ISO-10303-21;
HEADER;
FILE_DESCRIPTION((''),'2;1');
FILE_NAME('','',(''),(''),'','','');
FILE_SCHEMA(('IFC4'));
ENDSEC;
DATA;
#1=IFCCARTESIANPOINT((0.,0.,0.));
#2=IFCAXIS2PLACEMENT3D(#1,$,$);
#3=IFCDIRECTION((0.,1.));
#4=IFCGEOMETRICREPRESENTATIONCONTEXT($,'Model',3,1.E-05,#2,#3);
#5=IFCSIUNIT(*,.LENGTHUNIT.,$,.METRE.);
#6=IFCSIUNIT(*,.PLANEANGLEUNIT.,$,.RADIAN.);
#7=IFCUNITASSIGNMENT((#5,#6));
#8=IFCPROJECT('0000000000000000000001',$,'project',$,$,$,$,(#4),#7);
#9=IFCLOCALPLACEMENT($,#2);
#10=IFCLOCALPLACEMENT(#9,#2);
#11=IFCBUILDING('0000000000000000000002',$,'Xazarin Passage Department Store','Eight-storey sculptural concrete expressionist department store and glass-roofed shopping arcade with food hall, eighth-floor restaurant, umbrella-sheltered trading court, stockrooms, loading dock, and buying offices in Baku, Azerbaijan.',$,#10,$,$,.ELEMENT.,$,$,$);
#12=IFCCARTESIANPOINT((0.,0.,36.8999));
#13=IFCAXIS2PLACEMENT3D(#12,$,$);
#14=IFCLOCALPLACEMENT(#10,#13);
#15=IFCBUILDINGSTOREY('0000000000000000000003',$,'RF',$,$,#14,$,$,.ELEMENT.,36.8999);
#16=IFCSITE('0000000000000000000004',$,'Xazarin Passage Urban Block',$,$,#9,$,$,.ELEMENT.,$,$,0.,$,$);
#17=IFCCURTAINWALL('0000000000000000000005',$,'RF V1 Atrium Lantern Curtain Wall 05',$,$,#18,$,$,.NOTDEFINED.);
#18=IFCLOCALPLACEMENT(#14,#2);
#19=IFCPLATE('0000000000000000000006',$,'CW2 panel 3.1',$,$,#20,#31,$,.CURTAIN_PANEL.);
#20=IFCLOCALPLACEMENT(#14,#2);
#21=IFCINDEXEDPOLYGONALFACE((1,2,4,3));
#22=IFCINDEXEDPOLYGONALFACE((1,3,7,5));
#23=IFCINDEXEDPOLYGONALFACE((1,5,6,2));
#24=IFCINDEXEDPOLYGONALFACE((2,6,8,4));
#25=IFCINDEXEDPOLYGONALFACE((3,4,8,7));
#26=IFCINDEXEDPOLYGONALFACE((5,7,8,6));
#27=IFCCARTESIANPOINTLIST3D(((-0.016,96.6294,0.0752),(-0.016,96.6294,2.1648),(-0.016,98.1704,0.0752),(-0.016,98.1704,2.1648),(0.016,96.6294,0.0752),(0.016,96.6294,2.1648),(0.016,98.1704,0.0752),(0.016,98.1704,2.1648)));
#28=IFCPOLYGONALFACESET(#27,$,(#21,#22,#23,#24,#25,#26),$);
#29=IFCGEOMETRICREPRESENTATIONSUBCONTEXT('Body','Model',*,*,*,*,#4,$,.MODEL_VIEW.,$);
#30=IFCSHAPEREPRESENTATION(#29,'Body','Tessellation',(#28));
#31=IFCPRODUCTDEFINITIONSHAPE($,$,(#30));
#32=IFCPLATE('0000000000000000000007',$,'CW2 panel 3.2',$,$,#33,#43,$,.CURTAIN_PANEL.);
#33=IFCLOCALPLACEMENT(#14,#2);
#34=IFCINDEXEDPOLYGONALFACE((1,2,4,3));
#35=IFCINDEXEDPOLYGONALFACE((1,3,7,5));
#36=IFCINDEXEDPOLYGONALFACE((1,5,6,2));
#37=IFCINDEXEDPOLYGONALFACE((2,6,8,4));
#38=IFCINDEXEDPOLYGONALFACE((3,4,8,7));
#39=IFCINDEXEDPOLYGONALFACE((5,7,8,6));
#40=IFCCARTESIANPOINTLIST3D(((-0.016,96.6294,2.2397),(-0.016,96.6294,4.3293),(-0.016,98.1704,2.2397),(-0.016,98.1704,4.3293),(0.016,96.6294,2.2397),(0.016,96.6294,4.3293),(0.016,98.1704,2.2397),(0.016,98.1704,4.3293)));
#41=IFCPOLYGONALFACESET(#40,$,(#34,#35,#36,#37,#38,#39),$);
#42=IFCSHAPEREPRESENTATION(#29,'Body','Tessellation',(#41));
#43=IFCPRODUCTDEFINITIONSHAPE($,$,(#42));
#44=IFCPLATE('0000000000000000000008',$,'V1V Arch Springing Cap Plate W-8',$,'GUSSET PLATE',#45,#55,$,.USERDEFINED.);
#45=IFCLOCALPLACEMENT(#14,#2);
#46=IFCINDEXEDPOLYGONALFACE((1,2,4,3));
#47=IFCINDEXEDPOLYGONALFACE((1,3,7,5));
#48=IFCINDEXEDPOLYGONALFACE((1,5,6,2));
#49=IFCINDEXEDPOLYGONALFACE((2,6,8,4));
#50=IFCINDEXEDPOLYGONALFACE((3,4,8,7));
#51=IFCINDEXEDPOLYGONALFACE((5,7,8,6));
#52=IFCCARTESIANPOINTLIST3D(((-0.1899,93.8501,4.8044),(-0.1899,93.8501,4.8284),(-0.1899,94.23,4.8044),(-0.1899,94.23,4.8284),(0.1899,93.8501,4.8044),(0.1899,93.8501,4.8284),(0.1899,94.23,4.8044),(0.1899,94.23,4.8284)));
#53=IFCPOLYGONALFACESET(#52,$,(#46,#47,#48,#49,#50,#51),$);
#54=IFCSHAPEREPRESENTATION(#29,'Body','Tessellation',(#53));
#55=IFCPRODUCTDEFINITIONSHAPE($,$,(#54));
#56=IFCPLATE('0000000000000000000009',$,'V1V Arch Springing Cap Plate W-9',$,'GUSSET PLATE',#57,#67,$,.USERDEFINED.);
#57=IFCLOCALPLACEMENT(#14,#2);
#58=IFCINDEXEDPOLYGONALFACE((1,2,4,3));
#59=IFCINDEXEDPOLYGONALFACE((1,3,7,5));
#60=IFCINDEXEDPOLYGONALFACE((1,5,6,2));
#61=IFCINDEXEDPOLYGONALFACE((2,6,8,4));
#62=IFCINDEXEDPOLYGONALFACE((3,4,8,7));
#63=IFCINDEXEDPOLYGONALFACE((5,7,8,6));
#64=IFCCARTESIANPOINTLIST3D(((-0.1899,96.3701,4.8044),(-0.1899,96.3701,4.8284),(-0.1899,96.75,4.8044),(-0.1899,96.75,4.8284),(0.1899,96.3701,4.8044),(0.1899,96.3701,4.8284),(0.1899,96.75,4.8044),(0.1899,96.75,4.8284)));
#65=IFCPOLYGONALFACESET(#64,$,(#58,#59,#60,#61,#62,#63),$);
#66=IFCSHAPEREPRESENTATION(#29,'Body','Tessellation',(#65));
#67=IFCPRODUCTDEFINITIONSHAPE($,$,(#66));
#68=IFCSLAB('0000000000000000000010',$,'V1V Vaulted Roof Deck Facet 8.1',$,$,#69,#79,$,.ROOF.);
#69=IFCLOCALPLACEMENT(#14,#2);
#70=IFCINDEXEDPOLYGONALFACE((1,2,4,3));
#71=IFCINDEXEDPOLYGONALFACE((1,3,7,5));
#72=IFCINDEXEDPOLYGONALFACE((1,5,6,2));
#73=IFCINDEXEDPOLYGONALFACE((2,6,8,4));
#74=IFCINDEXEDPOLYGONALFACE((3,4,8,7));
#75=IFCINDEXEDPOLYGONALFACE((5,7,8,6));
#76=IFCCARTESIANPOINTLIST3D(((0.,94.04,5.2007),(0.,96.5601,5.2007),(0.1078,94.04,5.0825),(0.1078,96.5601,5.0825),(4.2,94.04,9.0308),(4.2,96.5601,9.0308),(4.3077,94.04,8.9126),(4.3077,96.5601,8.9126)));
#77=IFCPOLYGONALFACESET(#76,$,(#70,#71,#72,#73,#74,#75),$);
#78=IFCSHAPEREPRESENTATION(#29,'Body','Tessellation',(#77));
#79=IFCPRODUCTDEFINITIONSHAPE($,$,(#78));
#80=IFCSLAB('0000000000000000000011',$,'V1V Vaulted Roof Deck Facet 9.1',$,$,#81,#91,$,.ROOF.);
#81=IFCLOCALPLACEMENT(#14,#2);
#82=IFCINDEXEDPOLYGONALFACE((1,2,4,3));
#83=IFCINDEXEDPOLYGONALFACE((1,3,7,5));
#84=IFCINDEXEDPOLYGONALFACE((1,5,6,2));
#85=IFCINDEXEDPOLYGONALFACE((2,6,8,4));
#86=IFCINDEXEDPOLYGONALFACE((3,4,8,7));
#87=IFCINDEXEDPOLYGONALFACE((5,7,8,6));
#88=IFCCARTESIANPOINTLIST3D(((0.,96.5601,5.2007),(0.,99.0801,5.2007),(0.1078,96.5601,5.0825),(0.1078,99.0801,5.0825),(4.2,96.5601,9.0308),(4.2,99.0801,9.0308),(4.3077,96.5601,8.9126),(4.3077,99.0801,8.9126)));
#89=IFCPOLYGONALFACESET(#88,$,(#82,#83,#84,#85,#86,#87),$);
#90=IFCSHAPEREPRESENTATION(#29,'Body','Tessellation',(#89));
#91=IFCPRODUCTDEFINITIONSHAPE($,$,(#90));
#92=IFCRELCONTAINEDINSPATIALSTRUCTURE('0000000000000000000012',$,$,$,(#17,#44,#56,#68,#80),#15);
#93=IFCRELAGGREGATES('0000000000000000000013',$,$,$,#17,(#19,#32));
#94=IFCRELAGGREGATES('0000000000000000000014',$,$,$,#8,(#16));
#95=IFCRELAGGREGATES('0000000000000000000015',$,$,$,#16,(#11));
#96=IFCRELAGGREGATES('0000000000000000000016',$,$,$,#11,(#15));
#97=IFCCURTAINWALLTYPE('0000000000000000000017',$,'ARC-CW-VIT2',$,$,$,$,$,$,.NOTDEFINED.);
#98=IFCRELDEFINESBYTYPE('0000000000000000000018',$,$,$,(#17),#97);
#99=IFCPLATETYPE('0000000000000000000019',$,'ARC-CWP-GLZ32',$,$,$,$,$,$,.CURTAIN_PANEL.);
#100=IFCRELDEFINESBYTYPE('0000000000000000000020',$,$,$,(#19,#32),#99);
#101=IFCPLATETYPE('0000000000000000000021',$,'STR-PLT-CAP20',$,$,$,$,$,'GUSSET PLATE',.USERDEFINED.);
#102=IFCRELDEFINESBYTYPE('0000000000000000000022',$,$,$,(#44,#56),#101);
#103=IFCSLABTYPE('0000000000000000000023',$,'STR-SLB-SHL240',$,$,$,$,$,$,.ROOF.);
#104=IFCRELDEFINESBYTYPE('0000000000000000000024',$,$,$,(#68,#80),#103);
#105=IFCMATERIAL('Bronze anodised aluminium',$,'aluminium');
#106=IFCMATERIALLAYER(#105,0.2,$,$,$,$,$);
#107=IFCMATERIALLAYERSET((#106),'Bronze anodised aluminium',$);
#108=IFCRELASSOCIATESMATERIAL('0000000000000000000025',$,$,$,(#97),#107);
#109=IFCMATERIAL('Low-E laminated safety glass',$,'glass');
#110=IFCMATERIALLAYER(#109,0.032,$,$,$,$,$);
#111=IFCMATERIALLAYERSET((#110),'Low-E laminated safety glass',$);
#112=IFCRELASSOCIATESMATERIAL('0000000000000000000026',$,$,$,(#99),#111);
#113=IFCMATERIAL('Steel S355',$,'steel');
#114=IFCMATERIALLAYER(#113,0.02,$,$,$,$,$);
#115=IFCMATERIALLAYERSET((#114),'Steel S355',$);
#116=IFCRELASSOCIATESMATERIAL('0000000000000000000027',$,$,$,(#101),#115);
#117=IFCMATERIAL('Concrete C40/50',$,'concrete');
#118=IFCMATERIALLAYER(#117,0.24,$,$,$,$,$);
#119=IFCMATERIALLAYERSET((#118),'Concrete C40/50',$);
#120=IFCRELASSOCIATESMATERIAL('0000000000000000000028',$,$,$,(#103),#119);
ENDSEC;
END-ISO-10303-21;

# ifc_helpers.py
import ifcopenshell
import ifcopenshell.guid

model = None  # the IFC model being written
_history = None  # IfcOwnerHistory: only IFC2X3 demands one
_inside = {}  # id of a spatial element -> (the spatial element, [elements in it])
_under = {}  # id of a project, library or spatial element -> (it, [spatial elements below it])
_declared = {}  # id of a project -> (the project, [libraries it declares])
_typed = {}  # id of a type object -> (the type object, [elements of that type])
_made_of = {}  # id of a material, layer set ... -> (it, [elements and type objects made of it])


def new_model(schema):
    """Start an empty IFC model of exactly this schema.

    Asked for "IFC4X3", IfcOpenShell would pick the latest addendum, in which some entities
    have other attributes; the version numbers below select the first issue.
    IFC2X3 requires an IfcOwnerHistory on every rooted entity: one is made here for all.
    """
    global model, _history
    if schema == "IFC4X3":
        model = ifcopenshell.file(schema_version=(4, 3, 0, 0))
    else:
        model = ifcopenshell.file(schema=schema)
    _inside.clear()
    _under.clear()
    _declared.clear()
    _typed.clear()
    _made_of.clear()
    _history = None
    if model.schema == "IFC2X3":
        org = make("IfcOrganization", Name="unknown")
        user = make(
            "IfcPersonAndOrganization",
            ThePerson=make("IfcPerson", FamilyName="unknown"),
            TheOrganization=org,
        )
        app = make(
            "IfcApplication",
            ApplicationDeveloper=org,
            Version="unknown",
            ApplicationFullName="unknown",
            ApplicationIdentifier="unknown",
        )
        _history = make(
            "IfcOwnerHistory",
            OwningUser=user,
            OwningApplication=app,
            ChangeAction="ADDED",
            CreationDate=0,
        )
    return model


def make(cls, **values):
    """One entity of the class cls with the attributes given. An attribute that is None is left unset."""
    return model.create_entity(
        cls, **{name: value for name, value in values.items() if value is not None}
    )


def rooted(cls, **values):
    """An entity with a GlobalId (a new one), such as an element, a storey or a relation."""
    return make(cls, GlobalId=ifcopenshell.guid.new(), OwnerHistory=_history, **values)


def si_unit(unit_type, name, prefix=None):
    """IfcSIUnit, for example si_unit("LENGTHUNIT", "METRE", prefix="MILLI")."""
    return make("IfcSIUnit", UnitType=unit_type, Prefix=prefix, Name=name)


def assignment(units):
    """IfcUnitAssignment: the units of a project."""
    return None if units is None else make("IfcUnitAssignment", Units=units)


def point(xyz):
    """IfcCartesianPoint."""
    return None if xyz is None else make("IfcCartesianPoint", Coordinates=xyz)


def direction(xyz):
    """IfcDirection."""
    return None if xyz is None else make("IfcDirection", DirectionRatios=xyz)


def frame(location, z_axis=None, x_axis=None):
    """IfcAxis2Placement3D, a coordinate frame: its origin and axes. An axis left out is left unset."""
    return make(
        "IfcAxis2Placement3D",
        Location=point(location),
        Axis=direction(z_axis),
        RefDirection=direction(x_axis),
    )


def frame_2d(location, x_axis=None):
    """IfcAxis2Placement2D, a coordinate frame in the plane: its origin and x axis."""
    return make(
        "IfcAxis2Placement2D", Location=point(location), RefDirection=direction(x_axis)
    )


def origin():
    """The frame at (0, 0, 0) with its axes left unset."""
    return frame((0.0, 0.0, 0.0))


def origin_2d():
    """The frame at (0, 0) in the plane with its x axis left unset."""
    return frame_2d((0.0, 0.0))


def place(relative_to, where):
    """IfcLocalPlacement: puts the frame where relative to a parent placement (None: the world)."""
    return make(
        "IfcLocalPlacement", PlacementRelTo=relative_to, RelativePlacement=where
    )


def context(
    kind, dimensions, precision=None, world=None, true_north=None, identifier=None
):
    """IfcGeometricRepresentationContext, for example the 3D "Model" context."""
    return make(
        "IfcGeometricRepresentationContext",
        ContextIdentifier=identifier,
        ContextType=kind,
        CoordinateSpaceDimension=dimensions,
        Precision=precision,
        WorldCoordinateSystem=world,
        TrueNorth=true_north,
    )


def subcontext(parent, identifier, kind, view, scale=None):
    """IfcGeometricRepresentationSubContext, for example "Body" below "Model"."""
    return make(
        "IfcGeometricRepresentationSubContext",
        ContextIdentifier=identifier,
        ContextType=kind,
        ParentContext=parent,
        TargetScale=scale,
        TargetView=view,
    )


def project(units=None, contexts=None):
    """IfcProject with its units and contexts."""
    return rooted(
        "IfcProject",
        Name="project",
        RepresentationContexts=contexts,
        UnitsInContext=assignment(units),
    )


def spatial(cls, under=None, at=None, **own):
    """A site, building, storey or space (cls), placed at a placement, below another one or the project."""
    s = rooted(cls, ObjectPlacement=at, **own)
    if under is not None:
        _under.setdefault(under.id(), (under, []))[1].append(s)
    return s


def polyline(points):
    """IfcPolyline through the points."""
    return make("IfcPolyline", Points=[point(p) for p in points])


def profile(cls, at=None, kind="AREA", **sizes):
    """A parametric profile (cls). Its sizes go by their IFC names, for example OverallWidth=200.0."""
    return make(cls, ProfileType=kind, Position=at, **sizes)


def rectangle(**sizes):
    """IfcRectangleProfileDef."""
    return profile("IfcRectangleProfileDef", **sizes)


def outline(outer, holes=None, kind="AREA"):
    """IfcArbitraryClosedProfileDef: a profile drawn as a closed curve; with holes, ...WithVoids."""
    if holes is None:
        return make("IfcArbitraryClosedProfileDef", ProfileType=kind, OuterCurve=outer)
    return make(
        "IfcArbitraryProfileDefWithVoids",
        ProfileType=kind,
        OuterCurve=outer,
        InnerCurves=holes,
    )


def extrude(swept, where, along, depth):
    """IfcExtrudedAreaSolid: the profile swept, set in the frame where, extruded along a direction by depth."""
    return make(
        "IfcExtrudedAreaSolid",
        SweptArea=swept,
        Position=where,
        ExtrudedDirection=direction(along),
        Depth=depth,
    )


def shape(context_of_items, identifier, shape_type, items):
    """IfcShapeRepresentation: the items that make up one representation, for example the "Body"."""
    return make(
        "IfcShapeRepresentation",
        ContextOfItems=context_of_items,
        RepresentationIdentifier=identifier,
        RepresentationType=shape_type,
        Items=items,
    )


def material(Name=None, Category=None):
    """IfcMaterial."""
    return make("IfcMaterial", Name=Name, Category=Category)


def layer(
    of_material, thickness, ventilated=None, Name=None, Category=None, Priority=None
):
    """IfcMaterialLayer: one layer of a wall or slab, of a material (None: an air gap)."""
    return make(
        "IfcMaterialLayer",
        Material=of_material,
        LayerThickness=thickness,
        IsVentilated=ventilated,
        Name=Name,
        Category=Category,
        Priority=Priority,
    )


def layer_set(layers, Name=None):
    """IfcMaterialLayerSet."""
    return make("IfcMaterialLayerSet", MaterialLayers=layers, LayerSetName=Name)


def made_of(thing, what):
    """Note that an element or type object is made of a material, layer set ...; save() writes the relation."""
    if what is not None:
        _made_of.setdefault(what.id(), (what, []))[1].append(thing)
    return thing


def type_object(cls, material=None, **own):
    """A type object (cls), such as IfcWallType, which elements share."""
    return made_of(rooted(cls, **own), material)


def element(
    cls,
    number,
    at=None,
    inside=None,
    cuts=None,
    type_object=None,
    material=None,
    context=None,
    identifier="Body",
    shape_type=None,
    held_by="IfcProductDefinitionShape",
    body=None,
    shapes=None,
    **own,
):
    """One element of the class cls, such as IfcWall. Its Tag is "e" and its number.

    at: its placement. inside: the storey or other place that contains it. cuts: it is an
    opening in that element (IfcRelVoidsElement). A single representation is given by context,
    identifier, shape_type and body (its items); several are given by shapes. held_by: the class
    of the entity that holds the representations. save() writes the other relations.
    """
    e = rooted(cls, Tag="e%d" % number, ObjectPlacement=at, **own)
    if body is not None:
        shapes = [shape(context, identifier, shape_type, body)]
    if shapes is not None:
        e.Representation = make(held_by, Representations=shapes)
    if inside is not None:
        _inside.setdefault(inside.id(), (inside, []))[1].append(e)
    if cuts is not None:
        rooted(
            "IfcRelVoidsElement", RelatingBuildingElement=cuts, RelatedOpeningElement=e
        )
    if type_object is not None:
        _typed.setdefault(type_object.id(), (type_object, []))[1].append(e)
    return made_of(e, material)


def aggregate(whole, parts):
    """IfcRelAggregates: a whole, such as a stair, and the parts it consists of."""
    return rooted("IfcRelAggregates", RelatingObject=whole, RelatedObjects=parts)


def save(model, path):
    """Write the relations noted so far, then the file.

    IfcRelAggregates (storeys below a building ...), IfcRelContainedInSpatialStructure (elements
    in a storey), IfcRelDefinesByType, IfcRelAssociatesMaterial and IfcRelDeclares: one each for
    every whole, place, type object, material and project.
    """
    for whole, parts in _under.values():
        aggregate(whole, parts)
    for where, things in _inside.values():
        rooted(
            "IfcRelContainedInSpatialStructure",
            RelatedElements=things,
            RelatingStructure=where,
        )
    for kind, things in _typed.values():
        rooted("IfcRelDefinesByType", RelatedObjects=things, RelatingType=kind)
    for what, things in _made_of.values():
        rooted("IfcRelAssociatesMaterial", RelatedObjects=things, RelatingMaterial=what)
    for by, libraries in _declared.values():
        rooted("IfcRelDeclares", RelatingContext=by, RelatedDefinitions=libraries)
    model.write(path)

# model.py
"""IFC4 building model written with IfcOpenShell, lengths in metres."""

from ifc_helpers import new_model, si_unit, direction, frame, origin, origin_2d, place, context, subcontext, project, spatial, polyline, rectangle, outline, extrude, material, layer, layer_set, type_object, element, aggregate, save


model = new_model("IFC4")

# Units and contexts
model_context = context("Model", 3, precision=1e-05, world=origin(), true_north=direction((0.0, 1.0)))
body_context = subcontext(model_context, "Body", "Model", "MODEL_VIEW")
ifc_project = project(units=[si_unit("LENGTHUNIT", "METRE"), si_unit("PLANEANGLEUNIT", "RADIAN")], contexts=[model_context])

# Site, building, storey
site_placement = place(None, origin())
site = spatial("IfcSite", under=ifc_project, at=site_placement, Name="Xazarin Passage Urban Block", CompositionType="ELEMENT", RefElevation=0.0)
building_placement = place(site_placement, origin())
building = spatial("IfcBuilding", under=site, at=building_placement, Name="Xazarin Passage Department Store", Description="Eight-storey sculptural concrete expressionist department store and glass-roofed shopping arcade with food hall, eighth-floor restaurant, umbrella-sheltered trading court, stockrooms, loading dock, and buying offices in Baku, Azerbaijan.", CompositionType="ELEMENT")
storey_placement = place(building_placement, frame((0.0, 0.0, 36.8999)))
storey = spatial("IfcBuildingStorey", under=building, at=storey_placement, Name="RF", CompositionType="ELEMENT", Elevation=36.8999)

# Curtain wall
ifc_material_1 = material(Name="Bronze anodised aluminium", Category="aluminium")
ifc_layer_1 = layer(ifc_material_1, 0.2)
ifc_layer_set_1 = layer_set([ifc_layer_1], Name="Bronze anodised aluminium")
curtain_wall_type = type_object("IfcCurtainWallType", Name="ARC-CW-VIT2", PredefinedType="NOTDEFINED", material=ifc_layer_set_1)
curtain_wall_placement = place(storey_placement, origin())
curtain_wall = element("IfcCurtainWall", 1, at=curtain_wall_placement, inside=storey, type_object=curtain_wall_type, Name="RF V1 Atrium Lantern Curtain Wall 05", PredefinedType="NOTDEFINED")

# Shared definitions
ifc_material_2 = material(Name="Steel S355", Category="steel")

# Plates
ifc_material_3 = material(Name="Low-E laminated safety glass", Category="glass")
ifc_layer_2 = layer(ifc_material_3, 0.032)
ifc_layer_set_2 = layer_set([ifc_layer_2], Name="Low-E laminated safety glass")
plate_type_1 = type_object("IfcPlateType", Name="ARC-CWP-GLZ32", PredefinedType="CURTAIN_PANEL", material=ifc_layer_set_2)
plate_1_placement = place(storey_placement, frame((0.0, 97.3999, 0.0752), z_axis=(0.0, 0.0, 1.0), x_axis=(0.0, 1.0, 0.0)))
plate_1 = element("IfcPlate", 2, at=plate_1_placement, type_object=plate_type_1, Name="CW2 panel 3.1", PredefinedType="CURTAIN_PANEL", context=body_context, shape_type="SweptSolid", body=[
    extrude(rectangle(XDim=1.541, YDim=0.032, at=origin_2d()), origin(), (0.0, 0.0, 1.0), 2.0896),
])
plate_2_placement = place(storey_placement, frame((0.0, 97.3999, 2.2397), z_axis=(0.0, 0.0, 1.0), x_axis=(0.0, 1.0, 0.0)))
plate_2 = element("IfcPlate", 3, at=plate_2_placement, type_object=plate_type_1, Name="CW2 panel 3.2", PredefinedType="CURTAIN_PANEL", context=body_context, shape_type="SweptSolid", body=[
    extrude(rectangle(XDim=1.541, YDim=0.032, at=origin_2d()), origin(), (0.0, 0.0, 1.0), 2.0896),
])
aggregate(curtain_wall, [plate_1, plate_2])

# Plates
ifc_layer_3 = layer(ifc_material_2, 0.02)
ifc_layer_set_3 = layer_set([ifc_layer_3], Name="Steel S355")
plate_type_2 = type_object("IfcPlateType", Name="STR-PLT-CAP20", ElementType="GUSSET PLATE", PredefinedType="USERDEFINED", material=ifc_layer_set_3)
for number, where, z_axis, x_axis, name in (
    (4, (0.0, 94.04, 4.8044), (0.0, 0.0, 1.0), (1.0, 0.0, 0.0), "V1V Arch Springing Cap Plate W-8"),
    (5, (0.0, 96.5601, 4.8044), (0.0, 0.0, 1.0), (1.0, 0.0, 0.0), "V1V Arch Springing Cap Plate W-9"),
):
    element("IfcPlate", number, at=place(storey_placement, frame(where, z_axis=z_axis, x_axis=x_axis)), inside=storey, type_object=plate_type_2, Name=name, ObjectType="GUSSET PLATE", PredefinedType="USERDEFINED", context=body_context, shape_type="SweptSolid", body=[
        extrude(rectangle(XDim=0.3799, YDim=0.3799, at=origin_2d()), origin(), (0.0, 0.0, 1.0), 0.0239),
    ])

# Slabs
ifc_material_4 = material(Name="Concrete C40/50", Category="concrete")
ifc_layer_4 = layer(ifc_material_4, 0.24)
ifc_layer_set_4 = layer_set([ifc_layer_4], Name="Concrete C40/50")
slab_type = type_object("IfcSlabType", Name="STR-SLB-SHL240", PredefinedType="ROOF", material=ifc_layer_set_4)
for number, where, z_axis, x_axis, name in (
    (6, (0.0, 94.04, 5.2007), (-0.673822, 0.0, 0.738894), (0.738894, 0.0, 0.673822), "V1V Vaulted Roof Deck Facet 8.1"),
    (7, (0.0, 96.5601, 5.2007), (-0.673822, 0.0, 0.738894), (0.738894, 0.0, 0.673822), "V1V Vaulted Roof Deck Facet 9.1"),
):
    element("IfcSlab", number, at=place(storey_placement, frame(where, z_axis=z_axis, x_axis=x_axis)), inside=storey, type_object=slab_type, Name=name, PredefinedType="ROOF", context=body_context, shape_type="SweptSolid", body=[
        extrude(outline(polyline([(0.0, 0.0), (5.6841, 0.0), (5.6841, 2.52), (0.0, 2.52), (0.0, 0.0)])), origin(), (0.0, 0.0, -1.0), 0.1599),
    ])

save(model, "model.ifc")
